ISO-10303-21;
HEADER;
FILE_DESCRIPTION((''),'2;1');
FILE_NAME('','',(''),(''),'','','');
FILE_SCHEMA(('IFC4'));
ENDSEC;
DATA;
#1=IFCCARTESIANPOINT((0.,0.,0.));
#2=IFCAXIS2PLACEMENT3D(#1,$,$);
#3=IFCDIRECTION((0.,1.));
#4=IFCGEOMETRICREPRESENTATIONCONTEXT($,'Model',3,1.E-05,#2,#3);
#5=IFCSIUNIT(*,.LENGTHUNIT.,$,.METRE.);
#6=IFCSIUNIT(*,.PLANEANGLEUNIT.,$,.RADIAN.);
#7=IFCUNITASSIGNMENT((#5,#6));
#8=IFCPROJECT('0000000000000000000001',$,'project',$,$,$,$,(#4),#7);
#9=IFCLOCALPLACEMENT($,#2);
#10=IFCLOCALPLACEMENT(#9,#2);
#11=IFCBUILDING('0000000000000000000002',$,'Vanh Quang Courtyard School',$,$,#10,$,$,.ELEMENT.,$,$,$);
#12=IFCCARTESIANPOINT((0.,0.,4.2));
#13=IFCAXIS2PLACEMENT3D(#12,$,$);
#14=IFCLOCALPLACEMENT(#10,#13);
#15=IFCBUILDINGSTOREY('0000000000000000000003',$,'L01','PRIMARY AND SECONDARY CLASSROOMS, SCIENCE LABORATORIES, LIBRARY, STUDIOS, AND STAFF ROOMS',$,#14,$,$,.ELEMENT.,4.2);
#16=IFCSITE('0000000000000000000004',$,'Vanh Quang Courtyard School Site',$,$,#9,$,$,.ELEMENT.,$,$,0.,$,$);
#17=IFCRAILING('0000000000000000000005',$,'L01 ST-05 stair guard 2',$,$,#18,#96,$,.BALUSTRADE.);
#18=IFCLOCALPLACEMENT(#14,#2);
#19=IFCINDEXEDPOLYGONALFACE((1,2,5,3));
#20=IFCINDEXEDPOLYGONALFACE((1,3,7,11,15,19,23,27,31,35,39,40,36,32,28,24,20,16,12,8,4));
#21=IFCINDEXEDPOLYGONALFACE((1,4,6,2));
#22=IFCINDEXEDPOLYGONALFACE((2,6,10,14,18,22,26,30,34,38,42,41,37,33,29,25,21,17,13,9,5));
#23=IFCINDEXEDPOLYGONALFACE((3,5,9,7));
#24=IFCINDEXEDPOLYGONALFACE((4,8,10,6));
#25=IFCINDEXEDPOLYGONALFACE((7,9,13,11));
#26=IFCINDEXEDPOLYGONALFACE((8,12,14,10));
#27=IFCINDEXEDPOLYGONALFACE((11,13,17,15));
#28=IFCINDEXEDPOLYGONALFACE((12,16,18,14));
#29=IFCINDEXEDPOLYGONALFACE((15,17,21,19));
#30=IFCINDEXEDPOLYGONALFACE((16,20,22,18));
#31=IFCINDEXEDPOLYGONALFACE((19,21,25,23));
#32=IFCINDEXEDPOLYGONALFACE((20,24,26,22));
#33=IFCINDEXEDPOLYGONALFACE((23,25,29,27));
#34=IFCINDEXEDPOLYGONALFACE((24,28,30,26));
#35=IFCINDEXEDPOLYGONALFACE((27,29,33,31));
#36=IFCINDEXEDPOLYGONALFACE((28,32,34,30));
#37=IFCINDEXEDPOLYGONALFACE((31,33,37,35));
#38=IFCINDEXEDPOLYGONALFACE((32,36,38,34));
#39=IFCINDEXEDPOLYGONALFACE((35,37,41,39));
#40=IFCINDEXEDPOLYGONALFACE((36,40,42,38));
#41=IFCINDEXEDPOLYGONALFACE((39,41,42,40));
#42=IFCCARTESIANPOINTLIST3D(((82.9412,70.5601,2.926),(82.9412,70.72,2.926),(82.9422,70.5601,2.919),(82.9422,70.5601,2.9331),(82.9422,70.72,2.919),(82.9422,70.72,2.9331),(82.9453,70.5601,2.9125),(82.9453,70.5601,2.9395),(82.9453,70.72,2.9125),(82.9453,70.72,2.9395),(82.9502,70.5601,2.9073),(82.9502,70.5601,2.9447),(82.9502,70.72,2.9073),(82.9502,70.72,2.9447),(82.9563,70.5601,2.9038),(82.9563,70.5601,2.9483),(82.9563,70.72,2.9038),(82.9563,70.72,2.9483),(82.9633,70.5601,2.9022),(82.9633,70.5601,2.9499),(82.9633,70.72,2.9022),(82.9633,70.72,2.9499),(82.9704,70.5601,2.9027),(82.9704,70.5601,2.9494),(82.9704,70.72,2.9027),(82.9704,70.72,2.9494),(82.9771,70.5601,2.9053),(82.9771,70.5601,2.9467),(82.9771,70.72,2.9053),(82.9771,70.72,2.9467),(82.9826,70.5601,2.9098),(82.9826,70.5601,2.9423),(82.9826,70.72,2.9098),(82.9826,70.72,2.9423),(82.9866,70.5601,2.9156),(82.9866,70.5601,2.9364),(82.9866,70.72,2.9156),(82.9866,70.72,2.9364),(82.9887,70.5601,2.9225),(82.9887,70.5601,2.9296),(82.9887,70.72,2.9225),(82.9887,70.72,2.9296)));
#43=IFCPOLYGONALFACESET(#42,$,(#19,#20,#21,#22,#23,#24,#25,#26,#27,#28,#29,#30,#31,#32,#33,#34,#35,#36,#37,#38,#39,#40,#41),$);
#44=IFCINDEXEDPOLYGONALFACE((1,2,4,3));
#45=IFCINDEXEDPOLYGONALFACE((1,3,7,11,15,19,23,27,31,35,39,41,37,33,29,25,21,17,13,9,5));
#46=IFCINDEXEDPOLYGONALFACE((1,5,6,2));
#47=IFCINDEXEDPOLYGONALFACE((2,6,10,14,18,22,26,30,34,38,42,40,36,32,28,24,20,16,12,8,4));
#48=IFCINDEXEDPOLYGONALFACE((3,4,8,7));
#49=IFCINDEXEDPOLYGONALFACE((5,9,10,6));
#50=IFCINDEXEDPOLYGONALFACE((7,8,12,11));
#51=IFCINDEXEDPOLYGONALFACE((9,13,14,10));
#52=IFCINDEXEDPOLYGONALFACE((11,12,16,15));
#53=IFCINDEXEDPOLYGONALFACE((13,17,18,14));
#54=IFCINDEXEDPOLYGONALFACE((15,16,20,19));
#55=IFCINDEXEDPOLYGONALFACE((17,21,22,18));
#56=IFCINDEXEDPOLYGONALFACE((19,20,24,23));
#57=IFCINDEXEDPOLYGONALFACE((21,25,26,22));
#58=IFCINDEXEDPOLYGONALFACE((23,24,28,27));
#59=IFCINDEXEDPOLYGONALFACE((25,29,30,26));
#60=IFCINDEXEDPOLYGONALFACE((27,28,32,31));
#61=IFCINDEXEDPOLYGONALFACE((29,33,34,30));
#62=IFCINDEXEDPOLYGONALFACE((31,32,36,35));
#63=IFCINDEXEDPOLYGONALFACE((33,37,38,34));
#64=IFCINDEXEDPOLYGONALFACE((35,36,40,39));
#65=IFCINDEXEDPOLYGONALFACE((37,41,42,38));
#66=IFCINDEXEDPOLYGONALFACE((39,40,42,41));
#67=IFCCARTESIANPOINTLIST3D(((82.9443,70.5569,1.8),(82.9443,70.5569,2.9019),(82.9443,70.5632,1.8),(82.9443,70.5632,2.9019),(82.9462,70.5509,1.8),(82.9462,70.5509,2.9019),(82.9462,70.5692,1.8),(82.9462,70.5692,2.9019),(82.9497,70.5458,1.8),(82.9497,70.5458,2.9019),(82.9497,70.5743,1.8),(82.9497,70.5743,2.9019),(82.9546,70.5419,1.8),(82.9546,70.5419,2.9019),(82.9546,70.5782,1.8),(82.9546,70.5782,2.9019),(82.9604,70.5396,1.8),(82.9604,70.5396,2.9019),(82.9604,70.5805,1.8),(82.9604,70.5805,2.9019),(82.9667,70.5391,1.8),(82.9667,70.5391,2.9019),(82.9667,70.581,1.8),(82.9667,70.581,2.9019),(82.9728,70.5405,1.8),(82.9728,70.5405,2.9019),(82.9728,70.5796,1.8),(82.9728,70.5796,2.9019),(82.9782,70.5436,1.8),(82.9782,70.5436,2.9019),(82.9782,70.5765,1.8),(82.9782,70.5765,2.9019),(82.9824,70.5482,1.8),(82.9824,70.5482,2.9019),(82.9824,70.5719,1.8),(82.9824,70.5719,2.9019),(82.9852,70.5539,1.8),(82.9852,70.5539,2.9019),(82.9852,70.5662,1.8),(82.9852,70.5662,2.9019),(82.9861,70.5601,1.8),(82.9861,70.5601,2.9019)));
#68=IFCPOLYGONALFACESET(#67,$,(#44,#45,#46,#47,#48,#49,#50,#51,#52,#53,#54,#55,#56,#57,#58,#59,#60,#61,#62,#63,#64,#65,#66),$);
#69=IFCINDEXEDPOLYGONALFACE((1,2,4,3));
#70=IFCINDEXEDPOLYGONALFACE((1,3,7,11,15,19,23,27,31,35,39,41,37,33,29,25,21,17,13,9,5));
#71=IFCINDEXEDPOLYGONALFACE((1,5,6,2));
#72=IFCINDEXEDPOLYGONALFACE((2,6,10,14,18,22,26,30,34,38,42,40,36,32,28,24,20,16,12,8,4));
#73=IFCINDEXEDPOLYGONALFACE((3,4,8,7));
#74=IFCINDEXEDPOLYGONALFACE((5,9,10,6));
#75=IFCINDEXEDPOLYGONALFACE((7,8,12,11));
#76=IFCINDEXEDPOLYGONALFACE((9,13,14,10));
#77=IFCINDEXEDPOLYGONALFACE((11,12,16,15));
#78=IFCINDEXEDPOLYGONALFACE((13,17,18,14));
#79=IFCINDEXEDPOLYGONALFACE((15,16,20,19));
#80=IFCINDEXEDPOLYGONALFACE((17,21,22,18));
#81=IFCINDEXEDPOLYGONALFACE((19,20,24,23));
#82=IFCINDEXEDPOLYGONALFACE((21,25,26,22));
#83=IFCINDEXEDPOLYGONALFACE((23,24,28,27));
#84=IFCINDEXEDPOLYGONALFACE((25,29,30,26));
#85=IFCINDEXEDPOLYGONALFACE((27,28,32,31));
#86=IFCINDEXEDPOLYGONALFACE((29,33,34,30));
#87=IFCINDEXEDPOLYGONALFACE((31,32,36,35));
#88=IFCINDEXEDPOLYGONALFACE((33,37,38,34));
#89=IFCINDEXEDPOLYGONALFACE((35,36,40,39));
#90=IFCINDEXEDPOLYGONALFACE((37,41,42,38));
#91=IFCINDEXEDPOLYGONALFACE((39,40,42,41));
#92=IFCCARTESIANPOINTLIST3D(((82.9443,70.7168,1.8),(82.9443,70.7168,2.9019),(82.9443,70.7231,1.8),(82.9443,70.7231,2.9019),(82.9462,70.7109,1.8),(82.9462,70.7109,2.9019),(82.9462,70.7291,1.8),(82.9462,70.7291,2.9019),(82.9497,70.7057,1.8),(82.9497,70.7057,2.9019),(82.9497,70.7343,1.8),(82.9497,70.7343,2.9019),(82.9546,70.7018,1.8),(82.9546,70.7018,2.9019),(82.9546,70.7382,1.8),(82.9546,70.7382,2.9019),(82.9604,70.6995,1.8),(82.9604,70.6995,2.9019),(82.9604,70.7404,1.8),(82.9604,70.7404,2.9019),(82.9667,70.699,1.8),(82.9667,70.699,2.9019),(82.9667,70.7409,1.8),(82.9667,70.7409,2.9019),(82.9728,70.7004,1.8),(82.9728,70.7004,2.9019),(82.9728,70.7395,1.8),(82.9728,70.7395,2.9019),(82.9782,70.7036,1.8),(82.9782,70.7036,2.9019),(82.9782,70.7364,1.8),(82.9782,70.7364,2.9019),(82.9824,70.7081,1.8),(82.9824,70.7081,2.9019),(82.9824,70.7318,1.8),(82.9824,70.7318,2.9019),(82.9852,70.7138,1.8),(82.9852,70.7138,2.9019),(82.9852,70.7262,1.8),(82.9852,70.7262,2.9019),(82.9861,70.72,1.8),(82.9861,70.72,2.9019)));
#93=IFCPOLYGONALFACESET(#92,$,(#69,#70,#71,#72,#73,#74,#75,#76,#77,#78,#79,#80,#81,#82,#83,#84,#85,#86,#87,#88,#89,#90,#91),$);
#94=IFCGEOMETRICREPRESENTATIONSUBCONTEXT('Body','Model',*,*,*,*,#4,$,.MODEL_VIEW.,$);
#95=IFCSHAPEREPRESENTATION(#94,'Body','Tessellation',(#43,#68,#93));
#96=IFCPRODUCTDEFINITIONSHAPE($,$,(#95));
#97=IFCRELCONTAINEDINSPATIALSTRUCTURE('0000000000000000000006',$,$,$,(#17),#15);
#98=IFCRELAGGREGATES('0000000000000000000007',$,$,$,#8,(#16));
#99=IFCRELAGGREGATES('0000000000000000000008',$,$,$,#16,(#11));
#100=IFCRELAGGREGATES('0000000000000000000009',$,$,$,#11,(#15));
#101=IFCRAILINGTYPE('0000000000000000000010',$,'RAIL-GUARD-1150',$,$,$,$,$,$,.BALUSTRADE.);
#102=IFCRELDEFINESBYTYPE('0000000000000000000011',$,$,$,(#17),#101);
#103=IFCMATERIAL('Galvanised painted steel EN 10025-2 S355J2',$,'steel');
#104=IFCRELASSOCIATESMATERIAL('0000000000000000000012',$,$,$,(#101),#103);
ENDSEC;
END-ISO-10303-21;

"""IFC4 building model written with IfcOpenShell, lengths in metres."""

from ifc_helpers import new_model, si_unit, direction, frame, origin, origin_2d, place, context, subcontext, project, spatial, circle, extrude, material, type_object, element, save


model = new_model("IFC4")

# Units and contexts
model_context = context("Model", 3, precision=1e-05, world=origin(), true_north=direction((0.0, 1.0)))
body_context = subcontext(model_context, "Body", "Model", "MODEL_VIEW")
ifc_project = project(units=[si_unit("LENGTHUNIT", "METRE"), si_unit("PLANEANGLEUNIT", "RADIAN")], contexts=[model_context])

# Site, building, storey
site_placement = place(None, origin())
site = spatial("IfcSite", under=ifc_project, at=site_placement, Name="Vanh Quang Courtyard School Site", CompositionType="ELEMENT", RefElevation=0.0)
building_placement = place(site_placement, origin())
building = spatial("IfcBuilding", under=site, at=building_placement, Name="Vanh Quang Courtyard School", CompositionType="ELEMENT")
storey_placement = place(building_placement, frame((0.0, 0.0, 4.2)))
storey = spatial("IfcBuildingStorey", under=building, at=storey_placement, Name="L01", Description="PRIMARY AND SECONDARY CLASSROOMS, SCIENCE LABORATORIES, LIBRARY, STUDIOS, AND STAFF ROOMS", CompositionType="ELEMENT", Elevation=4.2)

# Railing
ifc_material_1 = material(Name="Galvanised painted steel EN 10025-2 S355J2", Category="steel")
railing_type_1 = type_object("IfcRailingType", Name="RAIL-GUARD-1150", PredefinedType="BALUSTRADE", material=ifc_material_1)
railing_1_placement = place(storey_placement, frame((82.9651, 70.5601, 1.8)))
element("IfcRailing", 1, at=railing_1_placement, inside=storey, type_object=railing_type_1, Name="L01 ST-05 stair guard 2", PredefinedType="BALUSTRADE", context=body_context, shape_type="SweptSolid", body=[
    extrude(circle(Radius=0.0239, at=origin_2d()), frame((0.0, 0.0, 1.126), z_axis=(0.0, 1.0, 0.0), x_axis=(-1.0, 0.0, 0.0)), (0.0, 0.0, 1.0), 0.1599),
    extrude(circle(Radius=0.021, at=origin_2d()), origin(), (0.0, 0.0, 1.0), 1.1018),
    extrude(circle(Radius=0.021, at=origin_2d()), frame((0.0, 0.1599, 0.0)), (0.0, 0.0, 1.0), 1.1018),
])

save(model, "model.ifc")
